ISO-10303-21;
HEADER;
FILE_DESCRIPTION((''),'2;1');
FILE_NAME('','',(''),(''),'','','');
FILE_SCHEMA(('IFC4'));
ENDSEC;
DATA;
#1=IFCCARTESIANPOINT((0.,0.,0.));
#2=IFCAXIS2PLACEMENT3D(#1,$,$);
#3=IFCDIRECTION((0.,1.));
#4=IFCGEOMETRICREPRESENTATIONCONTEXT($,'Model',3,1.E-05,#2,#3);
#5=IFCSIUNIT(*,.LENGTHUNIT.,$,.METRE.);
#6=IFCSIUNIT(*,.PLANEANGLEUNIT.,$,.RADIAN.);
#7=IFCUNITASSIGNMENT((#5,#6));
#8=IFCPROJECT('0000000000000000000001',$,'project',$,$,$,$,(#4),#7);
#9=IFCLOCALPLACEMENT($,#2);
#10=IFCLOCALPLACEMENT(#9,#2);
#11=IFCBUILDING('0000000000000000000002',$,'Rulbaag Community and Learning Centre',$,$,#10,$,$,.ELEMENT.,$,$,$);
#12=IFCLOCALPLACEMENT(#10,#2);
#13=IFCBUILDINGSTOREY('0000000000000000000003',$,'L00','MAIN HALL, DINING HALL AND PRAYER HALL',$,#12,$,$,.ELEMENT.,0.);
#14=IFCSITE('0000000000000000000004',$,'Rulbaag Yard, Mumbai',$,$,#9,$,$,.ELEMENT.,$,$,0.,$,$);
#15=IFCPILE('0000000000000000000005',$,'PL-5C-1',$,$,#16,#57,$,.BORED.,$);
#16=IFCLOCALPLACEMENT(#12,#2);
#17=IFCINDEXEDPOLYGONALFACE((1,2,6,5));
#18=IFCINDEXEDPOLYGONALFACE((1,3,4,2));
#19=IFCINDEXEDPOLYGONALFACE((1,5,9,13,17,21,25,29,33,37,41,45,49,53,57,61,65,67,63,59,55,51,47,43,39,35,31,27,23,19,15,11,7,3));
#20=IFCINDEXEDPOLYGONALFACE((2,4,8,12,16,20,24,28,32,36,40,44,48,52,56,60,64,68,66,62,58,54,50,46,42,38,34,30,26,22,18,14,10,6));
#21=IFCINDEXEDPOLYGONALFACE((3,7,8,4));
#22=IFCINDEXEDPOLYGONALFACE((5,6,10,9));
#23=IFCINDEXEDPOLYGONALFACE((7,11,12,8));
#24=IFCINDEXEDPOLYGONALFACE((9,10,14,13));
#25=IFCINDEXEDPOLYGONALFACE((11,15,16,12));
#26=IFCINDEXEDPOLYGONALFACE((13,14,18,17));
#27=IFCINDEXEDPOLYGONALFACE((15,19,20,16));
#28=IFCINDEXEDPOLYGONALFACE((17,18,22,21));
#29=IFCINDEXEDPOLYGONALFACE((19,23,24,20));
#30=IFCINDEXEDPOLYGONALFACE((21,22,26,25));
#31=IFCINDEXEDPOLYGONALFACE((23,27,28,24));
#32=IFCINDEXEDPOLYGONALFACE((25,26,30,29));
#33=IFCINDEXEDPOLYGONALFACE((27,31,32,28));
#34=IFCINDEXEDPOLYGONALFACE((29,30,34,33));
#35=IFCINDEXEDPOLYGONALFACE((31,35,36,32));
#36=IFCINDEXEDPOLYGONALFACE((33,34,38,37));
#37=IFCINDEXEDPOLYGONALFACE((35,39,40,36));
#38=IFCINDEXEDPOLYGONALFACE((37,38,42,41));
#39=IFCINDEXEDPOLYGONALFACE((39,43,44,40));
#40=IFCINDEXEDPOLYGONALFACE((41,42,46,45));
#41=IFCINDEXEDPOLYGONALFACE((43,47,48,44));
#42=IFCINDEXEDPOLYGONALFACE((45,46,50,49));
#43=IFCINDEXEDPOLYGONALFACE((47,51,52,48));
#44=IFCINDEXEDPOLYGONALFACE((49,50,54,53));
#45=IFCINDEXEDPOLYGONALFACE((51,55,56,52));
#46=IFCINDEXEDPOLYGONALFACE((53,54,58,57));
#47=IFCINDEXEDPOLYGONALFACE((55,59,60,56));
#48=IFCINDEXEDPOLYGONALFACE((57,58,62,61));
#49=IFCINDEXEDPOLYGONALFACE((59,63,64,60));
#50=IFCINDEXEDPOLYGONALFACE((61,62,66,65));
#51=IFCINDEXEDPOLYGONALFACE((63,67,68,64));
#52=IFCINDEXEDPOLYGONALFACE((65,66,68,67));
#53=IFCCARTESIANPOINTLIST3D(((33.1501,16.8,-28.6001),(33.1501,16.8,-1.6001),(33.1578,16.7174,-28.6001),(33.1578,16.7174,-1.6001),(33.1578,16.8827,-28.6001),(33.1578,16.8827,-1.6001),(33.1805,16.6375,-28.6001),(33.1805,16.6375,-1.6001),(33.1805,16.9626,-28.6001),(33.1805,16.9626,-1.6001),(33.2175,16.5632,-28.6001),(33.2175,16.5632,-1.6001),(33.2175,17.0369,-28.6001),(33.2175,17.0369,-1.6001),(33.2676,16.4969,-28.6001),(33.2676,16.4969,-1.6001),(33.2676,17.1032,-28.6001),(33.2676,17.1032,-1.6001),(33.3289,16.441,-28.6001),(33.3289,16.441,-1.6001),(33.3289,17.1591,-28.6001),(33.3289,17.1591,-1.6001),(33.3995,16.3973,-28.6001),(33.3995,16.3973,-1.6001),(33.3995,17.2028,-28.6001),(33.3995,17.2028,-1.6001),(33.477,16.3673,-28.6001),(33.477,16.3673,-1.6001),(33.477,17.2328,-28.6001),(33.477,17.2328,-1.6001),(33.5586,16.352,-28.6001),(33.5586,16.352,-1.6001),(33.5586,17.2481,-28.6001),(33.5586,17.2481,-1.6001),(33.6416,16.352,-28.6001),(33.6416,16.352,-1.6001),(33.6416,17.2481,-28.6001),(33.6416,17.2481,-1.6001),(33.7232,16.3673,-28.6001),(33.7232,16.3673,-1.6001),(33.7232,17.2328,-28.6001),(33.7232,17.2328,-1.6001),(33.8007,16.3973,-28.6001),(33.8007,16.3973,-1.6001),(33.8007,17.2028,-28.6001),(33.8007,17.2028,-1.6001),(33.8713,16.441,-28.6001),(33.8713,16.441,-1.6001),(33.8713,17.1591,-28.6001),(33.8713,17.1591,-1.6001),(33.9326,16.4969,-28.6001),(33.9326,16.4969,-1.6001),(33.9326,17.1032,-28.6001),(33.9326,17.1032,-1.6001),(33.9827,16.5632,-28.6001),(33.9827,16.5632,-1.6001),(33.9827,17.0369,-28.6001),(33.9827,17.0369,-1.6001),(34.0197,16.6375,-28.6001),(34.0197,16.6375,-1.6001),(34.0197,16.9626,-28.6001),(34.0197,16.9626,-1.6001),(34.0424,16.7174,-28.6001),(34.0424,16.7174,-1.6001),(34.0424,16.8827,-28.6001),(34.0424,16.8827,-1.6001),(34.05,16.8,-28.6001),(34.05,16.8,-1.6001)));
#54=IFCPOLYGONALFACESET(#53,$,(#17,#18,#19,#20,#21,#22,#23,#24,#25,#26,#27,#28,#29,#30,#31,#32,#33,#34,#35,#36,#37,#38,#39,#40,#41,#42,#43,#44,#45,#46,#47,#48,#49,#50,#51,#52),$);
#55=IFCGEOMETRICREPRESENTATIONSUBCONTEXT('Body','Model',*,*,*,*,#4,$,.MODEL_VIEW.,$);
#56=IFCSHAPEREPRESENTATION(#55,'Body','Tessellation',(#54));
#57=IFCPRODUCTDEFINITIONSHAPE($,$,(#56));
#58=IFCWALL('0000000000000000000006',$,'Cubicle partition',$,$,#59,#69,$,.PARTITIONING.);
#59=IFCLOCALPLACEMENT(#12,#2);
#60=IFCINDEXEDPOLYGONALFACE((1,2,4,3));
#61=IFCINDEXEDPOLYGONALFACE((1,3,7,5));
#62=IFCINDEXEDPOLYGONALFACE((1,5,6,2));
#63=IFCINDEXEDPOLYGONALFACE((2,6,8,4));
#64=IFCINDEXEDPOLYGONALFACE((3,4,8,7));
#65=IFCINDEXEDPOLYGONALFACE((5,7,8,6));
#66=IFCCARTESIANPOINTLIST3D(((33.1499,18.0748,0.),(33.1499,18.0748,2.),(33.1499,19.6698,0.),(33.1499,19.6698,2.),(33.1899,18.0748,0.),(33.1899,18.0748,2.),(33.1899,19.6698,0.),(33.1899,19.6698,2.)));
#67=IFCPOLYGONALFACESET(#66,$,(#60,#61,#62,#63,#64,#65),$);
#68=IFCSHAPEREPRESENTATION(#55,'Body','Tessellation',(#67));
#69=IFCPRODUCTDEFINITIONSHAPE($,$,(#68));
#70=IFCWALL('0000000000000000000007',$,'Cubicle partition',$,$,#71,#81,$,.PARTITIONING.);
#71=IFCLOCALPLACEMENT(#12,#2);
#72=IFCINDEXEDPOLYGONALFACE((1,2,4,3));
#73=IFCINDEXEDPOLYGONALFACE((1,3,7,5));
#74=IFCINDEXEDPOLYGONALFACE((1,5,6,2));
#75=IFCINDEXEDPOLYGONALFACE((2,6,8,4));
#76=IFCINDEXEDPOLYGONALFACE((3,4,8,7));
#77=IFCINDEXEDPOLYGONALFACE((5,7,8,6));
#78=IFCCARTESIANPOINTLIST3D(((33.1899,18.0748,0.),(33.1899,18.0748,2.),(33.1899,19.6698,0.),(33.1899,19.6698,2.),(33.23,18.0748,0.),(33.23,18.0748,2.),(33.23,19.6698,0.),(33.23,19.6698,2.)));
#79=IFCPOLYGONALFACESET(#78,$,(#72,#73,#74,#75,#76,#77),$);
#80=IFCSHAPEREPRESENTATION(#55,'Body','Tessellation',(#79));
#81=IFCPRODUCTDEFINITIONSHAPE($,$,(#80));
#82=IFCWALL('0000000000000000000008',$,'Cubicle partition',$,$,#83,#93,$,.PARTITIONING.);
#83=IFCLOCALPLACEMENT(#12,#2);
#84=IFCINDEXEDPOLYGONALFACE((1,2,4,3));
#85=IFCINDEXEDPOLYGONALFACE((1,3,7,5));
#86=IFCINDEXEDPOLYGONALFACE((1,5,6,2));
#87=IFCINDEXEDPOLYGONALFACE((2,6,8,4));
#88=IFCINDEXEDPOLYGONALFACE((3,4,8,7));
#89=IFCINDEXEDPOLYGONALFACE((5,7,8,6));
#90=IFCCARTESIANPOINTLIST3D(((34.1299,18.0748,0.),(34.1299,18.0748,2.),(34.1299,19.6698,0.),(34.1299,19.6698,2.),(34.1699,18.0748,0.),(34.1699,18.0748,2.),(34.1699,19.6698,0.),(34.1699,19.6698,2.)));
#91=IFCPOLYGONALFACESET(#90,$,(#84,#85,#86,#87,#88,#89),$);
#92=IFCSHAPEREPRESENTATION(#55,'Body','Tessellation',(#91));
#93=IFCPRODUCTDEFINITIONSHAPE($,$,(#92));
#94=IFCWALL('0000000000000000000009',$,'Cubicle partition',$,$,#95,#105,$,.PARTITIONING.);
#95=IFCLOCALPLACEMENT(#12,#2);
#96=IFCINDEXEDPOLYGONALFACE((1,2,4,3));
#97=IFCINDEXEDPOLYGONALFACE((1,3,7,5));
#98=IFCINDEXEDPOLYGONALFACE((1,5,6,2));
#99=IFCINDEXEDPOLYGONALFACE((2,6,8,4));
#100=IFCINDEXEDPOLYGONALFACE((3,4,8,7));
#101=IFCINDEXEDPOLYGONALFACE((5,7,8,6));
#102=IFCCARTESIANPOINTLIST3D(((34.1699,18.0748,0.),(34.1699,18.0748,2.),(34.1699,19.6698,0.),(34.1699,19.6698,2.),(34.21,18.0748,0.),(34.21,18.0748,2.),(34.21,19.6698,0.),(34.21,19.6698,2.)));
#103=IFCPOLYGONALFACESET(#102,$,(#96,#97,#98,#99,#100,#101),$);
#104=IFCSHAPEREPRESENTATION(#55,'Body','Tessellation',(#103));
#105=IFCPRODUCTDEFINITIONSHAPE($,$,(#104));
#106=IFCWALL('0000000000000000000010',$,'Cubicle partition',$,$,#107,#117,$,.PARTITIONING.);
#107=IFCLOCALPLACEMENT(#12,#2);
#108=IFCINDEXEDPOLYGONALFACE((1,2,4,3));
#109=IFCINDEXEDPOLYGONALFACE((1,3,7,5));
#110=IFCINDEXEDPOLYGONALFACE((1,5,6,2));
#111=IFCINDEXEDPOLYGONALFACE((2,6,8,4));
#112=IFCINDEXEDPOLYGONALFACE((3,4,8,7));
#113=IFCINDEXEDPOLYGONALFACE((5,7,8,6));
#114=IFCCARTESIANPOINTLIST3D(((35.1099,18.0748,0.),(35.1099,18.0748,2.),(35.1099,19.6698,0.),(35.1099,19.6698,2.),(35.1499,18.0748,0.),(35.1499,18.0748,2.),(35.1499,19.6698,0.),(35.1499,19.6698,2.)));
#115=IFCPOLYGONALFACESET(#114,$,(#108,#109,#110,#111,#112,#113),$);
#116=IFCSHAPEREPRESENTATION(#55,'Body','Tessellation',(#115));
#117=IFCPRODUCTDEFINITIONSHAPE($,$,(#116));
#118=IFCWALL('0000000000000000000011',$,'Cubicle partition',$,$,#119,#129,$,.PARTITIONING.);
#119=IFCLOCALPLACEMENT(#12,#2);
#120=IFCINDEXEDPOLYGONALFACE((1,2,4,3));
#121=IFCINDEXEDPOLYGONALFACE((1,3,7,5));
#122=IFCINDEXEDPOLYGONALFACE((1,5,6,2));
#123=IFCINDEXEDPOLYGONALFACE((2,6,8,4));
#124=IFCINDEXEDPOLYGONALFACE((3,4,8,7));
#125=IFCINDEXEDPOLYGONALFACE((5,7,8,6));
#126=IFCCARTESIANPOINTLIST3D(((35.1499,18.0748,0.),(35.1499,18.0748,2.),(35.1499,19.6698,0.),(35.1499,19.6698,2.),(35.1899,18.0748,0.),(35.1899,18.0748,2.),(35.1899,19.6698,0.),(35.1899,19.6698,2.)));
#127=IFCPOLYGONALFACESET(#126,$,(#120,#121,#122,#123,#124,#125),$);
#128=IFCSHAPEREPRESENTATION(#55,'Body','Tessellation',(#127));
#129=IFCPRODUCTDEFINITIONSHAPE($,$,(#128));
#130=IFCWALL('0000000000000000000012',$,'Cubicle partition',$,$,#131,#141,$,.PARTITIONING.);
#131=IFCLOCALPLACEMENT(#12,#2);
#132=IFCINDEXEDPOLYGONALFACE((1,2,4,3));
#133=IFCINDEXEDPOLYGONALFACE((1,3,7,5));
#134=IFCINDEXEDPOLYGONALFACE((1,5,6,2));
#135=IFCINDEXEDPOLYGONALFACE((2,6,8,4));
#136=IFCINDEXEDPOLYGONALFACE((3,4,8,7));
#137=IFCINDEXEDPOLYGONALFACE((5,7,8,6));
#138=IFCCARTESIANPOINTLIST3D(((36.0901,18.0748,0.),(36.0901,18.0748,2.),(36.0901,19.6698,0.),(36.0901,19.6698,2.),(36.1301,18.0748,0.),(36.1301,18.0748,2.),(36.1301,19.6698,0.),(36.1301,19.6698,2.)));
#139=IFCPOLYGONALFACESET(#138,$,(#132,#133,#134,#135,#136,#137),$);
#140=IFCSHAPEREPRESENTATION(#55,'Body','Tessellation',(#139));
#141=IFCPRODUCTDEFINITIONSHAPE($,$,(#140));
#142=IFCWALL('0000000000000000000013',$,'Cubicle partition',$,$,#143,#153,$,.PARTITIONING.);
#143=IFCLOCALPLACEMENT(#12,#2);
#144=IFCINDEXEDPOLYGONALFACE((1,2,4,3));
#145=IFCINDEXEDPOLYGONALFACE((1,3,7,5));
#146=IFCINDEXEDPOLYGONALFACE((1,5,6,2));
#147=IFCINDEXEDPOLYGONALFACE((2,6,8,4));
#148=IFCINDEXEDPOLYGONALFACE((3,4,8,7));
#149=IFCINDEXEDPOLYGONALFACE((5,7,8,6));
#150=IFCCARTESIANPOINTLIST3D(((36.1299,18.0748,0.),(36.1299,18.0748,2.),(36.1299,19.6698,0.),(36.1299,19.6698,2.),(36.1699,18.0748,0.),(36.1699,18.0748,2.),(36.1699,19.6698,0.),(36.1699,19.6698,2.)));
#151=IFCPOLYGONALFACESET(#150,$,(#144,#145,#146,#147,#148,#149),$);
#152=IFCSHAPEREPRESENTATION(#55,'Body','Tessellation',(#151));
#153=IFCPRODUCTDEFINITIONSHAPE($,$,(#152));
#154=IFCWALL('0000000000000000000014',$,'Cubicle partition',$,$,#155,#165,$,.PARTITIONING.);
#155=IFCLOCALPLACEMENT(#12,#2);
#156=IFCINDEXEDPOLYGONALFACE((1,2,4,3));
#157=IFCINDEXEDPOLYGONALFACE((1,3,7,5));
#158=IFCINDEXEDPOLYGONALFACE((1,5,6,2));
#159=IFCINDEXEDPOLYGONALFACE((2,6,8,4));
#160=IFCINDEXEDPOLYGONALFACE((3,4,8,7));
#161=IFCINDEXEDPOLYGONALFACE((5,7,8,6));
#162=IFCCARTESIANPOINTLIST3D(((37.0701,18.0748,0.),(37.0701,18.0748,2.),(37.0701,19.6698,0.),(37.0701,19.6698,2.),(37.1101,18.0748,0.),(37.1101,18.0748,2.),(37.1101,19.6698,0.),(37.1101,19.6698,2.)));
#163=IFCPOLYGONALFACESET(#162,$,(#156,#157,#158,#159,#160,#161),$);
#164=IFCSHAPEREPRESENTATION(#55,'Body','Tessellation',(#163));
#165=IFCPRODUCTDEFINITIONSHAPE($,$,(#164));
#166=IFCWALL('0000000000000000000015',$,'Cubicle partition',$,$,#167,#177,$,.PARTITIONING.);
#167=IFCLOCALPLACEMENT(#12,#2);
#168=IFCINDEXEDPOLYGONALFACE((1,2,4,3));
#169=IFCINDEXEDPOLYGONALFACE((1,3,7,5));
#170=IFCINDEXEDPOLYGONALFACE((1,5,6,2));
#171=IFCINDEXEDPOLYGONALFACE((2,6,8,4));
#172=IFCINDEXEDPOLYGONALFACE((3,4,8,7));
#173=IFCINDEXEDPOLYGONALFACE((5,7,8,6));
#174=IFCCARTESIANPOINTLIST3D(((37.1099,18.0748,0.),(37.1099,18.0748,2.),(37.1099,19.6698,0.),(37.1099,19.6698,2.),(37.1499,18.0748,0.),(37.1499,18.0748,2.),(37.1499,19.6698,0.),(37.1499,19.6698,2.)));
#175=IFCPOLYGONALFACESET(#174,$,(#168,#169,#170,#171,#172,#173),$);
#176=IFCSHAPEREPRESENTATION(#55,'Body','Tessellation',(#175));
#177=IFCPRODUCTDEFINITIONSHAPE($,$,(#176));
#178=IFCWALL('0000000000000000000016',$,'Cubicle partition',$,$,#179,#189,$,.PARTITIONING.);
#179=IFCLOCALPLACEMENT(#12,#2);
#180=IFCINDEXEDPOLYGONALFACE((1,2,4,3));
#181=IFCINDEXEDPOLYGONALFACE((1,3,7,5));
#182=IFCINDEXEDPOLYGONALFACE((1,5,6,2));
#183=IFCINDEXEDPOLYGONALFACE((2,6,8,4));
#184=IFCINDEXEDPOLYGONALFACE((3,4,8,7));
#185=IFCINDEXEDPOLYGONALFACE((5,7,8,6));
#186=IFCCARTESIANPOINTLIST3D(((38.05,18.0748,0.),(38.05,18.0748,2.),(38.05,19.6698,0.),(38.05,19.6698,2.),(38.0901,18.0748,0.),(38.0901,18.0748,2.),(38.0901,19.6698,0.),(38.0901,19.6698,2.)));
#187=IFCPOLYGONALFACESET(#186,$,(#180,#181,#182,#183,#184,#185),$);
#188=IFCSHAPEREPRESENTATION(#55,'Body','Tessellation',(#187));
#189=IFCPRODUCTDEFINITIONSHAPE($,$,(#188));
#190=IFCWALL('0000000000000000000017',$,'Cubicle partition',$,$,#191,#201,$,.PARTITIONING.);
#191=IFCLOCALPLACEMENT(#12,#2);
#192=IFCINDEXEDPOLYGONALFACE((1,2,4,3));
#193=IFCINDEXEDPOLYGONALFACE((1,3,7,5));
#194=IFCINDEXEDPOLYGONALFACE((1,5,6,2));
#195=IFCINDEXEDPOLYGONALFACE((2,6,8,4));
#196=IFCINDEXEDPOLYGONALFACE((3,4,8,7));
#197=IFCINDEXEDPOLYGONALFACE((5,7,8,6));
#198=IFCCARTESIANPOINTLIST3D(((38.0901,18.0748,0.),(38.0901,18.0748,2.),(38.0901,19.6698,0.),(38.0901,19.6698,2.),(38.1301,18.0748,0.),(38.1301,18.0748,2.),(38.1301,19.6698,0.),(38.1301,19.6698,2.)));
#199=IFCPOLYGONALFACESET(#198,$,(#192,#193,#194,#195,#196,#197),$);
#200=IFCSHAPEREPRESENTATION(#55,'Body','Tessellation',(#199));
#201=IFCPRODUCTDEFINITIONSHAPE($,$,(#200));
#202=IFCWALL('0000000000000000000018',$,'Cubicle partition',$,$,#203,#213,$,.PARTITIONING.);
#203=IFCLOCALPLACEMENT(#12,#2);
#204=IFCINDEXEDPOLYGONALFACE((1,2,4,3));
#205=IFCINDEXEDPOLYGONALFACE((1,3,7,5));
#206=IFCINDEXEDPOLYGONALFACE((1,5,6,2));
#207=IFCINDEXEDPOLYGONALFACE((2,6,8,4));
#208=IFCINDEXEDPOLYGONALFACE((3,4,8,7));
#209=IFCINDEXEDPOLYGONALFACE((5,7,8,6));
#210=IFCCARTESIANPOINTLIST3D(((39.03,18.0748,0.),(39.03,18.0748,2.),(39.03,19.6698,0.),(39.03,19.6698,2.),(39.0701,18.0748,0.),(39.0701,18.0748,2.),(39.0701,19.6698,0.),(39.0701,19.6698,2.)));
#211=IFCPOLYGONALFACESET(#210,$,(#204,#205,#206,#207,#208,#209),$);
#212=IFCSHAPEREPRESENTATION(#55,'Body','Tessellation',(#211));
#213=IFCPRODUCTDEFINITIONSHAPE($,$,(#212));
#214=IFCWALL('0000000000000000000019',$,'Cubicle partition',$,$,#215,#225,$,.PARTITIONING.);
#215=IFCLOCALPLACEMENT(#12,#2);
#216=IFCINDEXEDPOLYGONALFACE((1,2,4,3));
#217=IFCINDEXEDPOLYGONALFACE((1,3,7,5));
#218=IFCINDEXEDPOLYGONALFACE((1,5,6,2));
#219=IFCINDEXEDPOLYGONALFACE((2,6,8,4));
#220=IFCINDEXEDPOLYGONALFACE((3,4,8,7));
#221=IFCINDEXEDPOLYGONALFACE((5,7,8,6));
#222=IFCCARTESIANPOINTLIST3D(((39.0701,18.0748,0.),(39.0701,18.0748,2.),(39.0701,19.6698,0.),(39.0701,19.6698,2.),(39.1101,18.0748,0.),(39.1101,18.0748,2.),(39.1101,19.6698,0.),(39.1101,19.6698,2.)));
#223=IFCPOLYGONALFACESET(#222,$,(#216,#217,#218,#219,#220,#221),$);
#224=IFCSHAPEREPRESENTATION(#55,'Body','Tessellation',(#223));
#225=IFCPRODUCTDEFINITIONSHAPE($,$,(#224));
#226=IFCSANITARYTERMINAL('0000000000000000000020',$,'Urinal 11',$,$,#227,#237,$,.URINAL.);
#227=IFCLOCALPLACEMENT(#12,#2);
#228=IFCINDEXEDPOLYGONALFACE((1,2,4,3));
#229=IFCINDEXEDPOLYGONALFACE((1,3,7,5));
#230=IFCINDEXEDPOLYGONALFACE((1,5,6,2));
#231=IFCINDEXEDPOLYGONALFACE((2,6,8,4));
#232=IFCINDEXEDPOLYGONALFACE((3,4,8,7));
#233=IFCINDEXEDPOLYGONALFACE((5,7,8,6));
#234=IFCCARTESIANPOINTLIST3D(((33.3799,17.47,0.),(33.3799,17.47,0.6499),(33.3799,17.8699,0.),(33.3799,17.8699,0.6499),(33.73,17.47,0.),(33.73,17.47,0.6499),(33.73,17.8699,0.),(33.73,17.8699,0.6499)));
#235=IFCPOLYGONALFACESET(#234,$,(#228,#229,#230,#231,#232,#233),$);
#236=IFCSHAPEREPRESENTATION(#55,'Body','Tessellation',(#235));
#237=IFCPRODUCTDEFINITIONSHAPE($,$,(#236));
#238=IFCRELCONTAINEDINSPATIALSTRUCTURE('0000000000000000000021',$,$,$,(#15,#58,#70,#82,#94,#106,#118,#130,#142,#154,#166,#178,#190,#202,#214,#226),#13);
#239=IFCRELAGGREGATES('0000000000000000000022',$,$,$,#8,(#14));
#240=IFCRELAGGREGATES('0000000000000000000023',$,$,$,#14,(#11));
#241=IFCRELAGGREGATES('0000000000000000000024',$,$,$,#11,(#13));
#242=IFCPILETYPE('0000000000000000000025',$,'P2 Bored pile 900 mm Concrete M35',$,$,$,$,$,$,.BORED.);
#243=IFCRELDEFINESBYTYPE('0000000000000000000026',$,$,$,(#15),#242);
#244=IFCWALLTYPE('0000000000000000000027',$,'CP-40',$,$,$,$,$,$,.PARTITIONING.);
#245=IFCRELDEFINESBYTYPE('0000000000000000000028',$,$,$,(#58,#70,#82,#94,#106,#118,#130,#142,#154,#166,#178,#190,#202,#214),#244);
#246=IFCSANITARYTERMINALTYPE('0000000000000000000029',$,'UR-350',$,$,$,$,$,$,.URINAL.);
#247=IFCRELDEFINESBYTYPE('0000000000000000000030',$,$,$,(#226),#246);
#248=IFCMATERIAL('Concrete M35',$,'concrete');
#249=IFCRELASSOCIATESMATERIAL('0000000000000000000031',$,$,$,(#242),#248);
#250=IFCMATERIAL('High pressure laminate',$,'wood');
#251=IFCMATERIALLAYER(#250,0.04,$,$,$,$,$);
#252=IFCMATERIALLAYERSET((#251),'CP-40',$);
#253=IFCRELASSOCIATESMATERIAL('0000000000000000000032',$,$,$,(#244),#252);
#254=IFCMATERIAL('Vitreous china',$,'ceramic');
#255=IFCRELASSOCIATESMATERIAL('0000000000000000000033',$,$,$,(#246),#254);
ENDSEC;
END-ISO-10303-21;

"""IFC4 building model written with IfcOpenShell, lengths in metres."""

from ifc_helpers import new_model, si_unit, direction, frame, frame_2d, origin, origin_2d, place, context, subcontext, project, spatial, rectangle, circle, extrude, material, layer, layer_set, material_profile, profile_set, type_object, element, save


model = new_model("IFC4")

# Units and contexts
model_context = context("Model", 3, precision=1e-05, world=origin(), true_north=direction((0.0, 1.0)))
body_context = subcontext(model_context, "Body", "Model", "MODEL_VIEW")
ifc_project = project(units=[si_unit("LENGTHUNIT", "METRE"), si_unit("PLANEANGLEUNIT", "RADIAN")], contexts=[model_context])

# Site, building, storey
site_placement = place(None, origin())
site = spatial("IfcSite", under=ifc_project, at=site_placement, Name="Rulbaag Yard, Mumbai", CompositionType="ELEMENT", RefElevation=0.0)
building_placement = place(site_placement, origin())
building = spatial("IfcBuilding", under=site, at=building_placement, Name="Rulbaag Community and Learning Centre", CompositionType="ELEMENT")
storey_placement = place(building_placement, origin())
storey = spatial("IfcBuildingStorey", under=building, at=storey_placement, Name="L00", Description="MAIN HALL, DINING HALL AND PRAYER HALL", CompositionType="ELEMENT", Elevation=0.0)

# Pile
ifc_material_1 = material(Name="Concrete M35", Category="concrete")
ifc_material_profile = material_profile(ifc_material_1, circle(Radius=0.45, at=origin_2d()), Name="BP900")
ifc_profile_set = profile_set([ifc_material_profile], Name="Concrete M35")
pile_type = type_object("IfcPileType", Name="P2 Bored pile 900 mm Concrete M35", PredefinedType="BORED", material=ifc_profile_set)
pile_placement = place(storey_placement, frame((33.6001, 16.8, -1.6001), z_axis=(0.0, 0.0, -1.0), x_axis=(1.0, 0.0, 0.0)))
element("IfcPile", 1, at=pile_placement, inside=storey, type_object=pile_type, Name="PL-5C-1", PredefinedType="BORED", context=body_context, shape_type="SweptSolid", body=[
    extrude(circle(Radius=0.45, at=origin_2d()), origin(), (0.0, 0.0, 1.0), 27.0),
])

# Walls
ifc_material_2 = material(Name="High pressure laminate", Category="wood")
ifc_layer = layer(ifc_material_2, 0.04)
ifc_layer_set = layer_set([ifc_layer], Name="CP-40")
wall_type = type_object("IfcWallType", Name="CP-40", PredefinedType="PARTITIONING", material=ifc_layer_set)
for number, where, z_axis, x_axis, name in (
    (2, (33.1699, 18.075, 0.0), (0.0, 0.0, 1.0), (0.0, 1.0, 0.0), "Cubicle partition"),
    (3, (33.21, 18.075, 0.0), (0.0, 0.0, 1.0), (0.0, 1.0, 0.0), "Cubicle partition"),
    (4, (34.1499, 18.075, 0.0), (0.0, 0.0, 1.0), (0.0, 1.0, 0.0), "Cubicle partition"),
    (5, (34.1899, 18.075, 0.0), (0.0, 0.0, 1.0), (0.0, 1.0, 0.0), "Cubicle partition"),
    (6, (35.1299, 18.075, 0.0), (0.0, 0.0, 1.0), (0.0, 1.0, 0.0), "Cubicle partition"),
    (7, (35.1699, 18.075, 0.0), (0.0, 0.0, 1.0), (0.0, 1.0, 0.0), "Cubicle partition"),
    (8, (36.1101, 18.075, 0.0), (0.0, 0.0, 1.0), (0.0, 1.0, 0.0), "Cubicle partition"),
    (9, (36.1499, 18.075, 0.0), (0.0, 0.0, 1.0), (0.0, 1.0, 0.0), "Cubicle partition"),
    (10, (37.0901, 18.075, 0.0), (0.0, 0.0, 1.0), (0.0, 1.0, 0.0), "Cubicle partition"),
    (11, (37.1299, 18.075, 0.0), (0.0, 0.0, 1.0), (0.0, 1.0, 0.0), "Cubicle partition"),
    (12, (38.0701, 18.075, 0.0), (0.0, 0.0, 1.0), (0.0, 1.0, 0.0), "Cubicle partition"),
    (13, (38.1101, 18.075, 0.0), (0.0, 0.0, 1.0), (0.0, 1.0, 0.0), "Cubicle partition"),
    (14, (39.05, 18.075, 0.0), (0.0, 0.0, 1.0), (0.0, 1.0, 0.0), "Cubicle partition"),
    (15, (39.0901, 18.075, 0.0), (0.0, 0.0, 1.0), (0.0, 1.0, 0.0), "Cubicle partition"),
):
    element("IfcWall", number, at=place(storey_placement, frame(where, z_axis=z_axis, x_axis=x_axis)), inside=storey, type_object=wall_type, Name=name, PredefinedType="PARTITIONING", context=body_context, shape_type="SweptSolid", body=[
        extrude(rectangle(XDim=1.595, YDim=0.04, at=frame_2d((0.7974, 0.0))), origin(), (0.0, 0.0, 1.0), 2.0),
    ])

# Sanitary terminal
ifc_material_3 = material(Name="Vitreous china", Category="ceramic")
sanitary_terminal_type_1 = type_object("IfcSanitaryTerminalType", Name="UR-350", PredefinedType="URINAL", material=ifc_material_3)
for number, where, z_axis, x_axis, name in (
    (16, (33.5549, 17.6699, 0.0), (0.0, 0.0, 1.0), (1.0, 0.0, 0.0), "Urinal 11"),
):
    element("IfcSanitaryTerminal", number, at=place(storey_placement, frame(where, z_axis=z_axis, x_axis=x_axis)), inside=storey, type_object=sanitary_terminal_type_1, Name=name, PredefinedType="URINAL", context=body_context, shape_type="SweptSolid", body=[
        extrude(rectangle(XDim=0.3501, YDim=0.3999, at=origin_2d()), origin(), (0.0, 0.0, 1.0), 0.6499),
    ])

save(model, "model.ifc")
